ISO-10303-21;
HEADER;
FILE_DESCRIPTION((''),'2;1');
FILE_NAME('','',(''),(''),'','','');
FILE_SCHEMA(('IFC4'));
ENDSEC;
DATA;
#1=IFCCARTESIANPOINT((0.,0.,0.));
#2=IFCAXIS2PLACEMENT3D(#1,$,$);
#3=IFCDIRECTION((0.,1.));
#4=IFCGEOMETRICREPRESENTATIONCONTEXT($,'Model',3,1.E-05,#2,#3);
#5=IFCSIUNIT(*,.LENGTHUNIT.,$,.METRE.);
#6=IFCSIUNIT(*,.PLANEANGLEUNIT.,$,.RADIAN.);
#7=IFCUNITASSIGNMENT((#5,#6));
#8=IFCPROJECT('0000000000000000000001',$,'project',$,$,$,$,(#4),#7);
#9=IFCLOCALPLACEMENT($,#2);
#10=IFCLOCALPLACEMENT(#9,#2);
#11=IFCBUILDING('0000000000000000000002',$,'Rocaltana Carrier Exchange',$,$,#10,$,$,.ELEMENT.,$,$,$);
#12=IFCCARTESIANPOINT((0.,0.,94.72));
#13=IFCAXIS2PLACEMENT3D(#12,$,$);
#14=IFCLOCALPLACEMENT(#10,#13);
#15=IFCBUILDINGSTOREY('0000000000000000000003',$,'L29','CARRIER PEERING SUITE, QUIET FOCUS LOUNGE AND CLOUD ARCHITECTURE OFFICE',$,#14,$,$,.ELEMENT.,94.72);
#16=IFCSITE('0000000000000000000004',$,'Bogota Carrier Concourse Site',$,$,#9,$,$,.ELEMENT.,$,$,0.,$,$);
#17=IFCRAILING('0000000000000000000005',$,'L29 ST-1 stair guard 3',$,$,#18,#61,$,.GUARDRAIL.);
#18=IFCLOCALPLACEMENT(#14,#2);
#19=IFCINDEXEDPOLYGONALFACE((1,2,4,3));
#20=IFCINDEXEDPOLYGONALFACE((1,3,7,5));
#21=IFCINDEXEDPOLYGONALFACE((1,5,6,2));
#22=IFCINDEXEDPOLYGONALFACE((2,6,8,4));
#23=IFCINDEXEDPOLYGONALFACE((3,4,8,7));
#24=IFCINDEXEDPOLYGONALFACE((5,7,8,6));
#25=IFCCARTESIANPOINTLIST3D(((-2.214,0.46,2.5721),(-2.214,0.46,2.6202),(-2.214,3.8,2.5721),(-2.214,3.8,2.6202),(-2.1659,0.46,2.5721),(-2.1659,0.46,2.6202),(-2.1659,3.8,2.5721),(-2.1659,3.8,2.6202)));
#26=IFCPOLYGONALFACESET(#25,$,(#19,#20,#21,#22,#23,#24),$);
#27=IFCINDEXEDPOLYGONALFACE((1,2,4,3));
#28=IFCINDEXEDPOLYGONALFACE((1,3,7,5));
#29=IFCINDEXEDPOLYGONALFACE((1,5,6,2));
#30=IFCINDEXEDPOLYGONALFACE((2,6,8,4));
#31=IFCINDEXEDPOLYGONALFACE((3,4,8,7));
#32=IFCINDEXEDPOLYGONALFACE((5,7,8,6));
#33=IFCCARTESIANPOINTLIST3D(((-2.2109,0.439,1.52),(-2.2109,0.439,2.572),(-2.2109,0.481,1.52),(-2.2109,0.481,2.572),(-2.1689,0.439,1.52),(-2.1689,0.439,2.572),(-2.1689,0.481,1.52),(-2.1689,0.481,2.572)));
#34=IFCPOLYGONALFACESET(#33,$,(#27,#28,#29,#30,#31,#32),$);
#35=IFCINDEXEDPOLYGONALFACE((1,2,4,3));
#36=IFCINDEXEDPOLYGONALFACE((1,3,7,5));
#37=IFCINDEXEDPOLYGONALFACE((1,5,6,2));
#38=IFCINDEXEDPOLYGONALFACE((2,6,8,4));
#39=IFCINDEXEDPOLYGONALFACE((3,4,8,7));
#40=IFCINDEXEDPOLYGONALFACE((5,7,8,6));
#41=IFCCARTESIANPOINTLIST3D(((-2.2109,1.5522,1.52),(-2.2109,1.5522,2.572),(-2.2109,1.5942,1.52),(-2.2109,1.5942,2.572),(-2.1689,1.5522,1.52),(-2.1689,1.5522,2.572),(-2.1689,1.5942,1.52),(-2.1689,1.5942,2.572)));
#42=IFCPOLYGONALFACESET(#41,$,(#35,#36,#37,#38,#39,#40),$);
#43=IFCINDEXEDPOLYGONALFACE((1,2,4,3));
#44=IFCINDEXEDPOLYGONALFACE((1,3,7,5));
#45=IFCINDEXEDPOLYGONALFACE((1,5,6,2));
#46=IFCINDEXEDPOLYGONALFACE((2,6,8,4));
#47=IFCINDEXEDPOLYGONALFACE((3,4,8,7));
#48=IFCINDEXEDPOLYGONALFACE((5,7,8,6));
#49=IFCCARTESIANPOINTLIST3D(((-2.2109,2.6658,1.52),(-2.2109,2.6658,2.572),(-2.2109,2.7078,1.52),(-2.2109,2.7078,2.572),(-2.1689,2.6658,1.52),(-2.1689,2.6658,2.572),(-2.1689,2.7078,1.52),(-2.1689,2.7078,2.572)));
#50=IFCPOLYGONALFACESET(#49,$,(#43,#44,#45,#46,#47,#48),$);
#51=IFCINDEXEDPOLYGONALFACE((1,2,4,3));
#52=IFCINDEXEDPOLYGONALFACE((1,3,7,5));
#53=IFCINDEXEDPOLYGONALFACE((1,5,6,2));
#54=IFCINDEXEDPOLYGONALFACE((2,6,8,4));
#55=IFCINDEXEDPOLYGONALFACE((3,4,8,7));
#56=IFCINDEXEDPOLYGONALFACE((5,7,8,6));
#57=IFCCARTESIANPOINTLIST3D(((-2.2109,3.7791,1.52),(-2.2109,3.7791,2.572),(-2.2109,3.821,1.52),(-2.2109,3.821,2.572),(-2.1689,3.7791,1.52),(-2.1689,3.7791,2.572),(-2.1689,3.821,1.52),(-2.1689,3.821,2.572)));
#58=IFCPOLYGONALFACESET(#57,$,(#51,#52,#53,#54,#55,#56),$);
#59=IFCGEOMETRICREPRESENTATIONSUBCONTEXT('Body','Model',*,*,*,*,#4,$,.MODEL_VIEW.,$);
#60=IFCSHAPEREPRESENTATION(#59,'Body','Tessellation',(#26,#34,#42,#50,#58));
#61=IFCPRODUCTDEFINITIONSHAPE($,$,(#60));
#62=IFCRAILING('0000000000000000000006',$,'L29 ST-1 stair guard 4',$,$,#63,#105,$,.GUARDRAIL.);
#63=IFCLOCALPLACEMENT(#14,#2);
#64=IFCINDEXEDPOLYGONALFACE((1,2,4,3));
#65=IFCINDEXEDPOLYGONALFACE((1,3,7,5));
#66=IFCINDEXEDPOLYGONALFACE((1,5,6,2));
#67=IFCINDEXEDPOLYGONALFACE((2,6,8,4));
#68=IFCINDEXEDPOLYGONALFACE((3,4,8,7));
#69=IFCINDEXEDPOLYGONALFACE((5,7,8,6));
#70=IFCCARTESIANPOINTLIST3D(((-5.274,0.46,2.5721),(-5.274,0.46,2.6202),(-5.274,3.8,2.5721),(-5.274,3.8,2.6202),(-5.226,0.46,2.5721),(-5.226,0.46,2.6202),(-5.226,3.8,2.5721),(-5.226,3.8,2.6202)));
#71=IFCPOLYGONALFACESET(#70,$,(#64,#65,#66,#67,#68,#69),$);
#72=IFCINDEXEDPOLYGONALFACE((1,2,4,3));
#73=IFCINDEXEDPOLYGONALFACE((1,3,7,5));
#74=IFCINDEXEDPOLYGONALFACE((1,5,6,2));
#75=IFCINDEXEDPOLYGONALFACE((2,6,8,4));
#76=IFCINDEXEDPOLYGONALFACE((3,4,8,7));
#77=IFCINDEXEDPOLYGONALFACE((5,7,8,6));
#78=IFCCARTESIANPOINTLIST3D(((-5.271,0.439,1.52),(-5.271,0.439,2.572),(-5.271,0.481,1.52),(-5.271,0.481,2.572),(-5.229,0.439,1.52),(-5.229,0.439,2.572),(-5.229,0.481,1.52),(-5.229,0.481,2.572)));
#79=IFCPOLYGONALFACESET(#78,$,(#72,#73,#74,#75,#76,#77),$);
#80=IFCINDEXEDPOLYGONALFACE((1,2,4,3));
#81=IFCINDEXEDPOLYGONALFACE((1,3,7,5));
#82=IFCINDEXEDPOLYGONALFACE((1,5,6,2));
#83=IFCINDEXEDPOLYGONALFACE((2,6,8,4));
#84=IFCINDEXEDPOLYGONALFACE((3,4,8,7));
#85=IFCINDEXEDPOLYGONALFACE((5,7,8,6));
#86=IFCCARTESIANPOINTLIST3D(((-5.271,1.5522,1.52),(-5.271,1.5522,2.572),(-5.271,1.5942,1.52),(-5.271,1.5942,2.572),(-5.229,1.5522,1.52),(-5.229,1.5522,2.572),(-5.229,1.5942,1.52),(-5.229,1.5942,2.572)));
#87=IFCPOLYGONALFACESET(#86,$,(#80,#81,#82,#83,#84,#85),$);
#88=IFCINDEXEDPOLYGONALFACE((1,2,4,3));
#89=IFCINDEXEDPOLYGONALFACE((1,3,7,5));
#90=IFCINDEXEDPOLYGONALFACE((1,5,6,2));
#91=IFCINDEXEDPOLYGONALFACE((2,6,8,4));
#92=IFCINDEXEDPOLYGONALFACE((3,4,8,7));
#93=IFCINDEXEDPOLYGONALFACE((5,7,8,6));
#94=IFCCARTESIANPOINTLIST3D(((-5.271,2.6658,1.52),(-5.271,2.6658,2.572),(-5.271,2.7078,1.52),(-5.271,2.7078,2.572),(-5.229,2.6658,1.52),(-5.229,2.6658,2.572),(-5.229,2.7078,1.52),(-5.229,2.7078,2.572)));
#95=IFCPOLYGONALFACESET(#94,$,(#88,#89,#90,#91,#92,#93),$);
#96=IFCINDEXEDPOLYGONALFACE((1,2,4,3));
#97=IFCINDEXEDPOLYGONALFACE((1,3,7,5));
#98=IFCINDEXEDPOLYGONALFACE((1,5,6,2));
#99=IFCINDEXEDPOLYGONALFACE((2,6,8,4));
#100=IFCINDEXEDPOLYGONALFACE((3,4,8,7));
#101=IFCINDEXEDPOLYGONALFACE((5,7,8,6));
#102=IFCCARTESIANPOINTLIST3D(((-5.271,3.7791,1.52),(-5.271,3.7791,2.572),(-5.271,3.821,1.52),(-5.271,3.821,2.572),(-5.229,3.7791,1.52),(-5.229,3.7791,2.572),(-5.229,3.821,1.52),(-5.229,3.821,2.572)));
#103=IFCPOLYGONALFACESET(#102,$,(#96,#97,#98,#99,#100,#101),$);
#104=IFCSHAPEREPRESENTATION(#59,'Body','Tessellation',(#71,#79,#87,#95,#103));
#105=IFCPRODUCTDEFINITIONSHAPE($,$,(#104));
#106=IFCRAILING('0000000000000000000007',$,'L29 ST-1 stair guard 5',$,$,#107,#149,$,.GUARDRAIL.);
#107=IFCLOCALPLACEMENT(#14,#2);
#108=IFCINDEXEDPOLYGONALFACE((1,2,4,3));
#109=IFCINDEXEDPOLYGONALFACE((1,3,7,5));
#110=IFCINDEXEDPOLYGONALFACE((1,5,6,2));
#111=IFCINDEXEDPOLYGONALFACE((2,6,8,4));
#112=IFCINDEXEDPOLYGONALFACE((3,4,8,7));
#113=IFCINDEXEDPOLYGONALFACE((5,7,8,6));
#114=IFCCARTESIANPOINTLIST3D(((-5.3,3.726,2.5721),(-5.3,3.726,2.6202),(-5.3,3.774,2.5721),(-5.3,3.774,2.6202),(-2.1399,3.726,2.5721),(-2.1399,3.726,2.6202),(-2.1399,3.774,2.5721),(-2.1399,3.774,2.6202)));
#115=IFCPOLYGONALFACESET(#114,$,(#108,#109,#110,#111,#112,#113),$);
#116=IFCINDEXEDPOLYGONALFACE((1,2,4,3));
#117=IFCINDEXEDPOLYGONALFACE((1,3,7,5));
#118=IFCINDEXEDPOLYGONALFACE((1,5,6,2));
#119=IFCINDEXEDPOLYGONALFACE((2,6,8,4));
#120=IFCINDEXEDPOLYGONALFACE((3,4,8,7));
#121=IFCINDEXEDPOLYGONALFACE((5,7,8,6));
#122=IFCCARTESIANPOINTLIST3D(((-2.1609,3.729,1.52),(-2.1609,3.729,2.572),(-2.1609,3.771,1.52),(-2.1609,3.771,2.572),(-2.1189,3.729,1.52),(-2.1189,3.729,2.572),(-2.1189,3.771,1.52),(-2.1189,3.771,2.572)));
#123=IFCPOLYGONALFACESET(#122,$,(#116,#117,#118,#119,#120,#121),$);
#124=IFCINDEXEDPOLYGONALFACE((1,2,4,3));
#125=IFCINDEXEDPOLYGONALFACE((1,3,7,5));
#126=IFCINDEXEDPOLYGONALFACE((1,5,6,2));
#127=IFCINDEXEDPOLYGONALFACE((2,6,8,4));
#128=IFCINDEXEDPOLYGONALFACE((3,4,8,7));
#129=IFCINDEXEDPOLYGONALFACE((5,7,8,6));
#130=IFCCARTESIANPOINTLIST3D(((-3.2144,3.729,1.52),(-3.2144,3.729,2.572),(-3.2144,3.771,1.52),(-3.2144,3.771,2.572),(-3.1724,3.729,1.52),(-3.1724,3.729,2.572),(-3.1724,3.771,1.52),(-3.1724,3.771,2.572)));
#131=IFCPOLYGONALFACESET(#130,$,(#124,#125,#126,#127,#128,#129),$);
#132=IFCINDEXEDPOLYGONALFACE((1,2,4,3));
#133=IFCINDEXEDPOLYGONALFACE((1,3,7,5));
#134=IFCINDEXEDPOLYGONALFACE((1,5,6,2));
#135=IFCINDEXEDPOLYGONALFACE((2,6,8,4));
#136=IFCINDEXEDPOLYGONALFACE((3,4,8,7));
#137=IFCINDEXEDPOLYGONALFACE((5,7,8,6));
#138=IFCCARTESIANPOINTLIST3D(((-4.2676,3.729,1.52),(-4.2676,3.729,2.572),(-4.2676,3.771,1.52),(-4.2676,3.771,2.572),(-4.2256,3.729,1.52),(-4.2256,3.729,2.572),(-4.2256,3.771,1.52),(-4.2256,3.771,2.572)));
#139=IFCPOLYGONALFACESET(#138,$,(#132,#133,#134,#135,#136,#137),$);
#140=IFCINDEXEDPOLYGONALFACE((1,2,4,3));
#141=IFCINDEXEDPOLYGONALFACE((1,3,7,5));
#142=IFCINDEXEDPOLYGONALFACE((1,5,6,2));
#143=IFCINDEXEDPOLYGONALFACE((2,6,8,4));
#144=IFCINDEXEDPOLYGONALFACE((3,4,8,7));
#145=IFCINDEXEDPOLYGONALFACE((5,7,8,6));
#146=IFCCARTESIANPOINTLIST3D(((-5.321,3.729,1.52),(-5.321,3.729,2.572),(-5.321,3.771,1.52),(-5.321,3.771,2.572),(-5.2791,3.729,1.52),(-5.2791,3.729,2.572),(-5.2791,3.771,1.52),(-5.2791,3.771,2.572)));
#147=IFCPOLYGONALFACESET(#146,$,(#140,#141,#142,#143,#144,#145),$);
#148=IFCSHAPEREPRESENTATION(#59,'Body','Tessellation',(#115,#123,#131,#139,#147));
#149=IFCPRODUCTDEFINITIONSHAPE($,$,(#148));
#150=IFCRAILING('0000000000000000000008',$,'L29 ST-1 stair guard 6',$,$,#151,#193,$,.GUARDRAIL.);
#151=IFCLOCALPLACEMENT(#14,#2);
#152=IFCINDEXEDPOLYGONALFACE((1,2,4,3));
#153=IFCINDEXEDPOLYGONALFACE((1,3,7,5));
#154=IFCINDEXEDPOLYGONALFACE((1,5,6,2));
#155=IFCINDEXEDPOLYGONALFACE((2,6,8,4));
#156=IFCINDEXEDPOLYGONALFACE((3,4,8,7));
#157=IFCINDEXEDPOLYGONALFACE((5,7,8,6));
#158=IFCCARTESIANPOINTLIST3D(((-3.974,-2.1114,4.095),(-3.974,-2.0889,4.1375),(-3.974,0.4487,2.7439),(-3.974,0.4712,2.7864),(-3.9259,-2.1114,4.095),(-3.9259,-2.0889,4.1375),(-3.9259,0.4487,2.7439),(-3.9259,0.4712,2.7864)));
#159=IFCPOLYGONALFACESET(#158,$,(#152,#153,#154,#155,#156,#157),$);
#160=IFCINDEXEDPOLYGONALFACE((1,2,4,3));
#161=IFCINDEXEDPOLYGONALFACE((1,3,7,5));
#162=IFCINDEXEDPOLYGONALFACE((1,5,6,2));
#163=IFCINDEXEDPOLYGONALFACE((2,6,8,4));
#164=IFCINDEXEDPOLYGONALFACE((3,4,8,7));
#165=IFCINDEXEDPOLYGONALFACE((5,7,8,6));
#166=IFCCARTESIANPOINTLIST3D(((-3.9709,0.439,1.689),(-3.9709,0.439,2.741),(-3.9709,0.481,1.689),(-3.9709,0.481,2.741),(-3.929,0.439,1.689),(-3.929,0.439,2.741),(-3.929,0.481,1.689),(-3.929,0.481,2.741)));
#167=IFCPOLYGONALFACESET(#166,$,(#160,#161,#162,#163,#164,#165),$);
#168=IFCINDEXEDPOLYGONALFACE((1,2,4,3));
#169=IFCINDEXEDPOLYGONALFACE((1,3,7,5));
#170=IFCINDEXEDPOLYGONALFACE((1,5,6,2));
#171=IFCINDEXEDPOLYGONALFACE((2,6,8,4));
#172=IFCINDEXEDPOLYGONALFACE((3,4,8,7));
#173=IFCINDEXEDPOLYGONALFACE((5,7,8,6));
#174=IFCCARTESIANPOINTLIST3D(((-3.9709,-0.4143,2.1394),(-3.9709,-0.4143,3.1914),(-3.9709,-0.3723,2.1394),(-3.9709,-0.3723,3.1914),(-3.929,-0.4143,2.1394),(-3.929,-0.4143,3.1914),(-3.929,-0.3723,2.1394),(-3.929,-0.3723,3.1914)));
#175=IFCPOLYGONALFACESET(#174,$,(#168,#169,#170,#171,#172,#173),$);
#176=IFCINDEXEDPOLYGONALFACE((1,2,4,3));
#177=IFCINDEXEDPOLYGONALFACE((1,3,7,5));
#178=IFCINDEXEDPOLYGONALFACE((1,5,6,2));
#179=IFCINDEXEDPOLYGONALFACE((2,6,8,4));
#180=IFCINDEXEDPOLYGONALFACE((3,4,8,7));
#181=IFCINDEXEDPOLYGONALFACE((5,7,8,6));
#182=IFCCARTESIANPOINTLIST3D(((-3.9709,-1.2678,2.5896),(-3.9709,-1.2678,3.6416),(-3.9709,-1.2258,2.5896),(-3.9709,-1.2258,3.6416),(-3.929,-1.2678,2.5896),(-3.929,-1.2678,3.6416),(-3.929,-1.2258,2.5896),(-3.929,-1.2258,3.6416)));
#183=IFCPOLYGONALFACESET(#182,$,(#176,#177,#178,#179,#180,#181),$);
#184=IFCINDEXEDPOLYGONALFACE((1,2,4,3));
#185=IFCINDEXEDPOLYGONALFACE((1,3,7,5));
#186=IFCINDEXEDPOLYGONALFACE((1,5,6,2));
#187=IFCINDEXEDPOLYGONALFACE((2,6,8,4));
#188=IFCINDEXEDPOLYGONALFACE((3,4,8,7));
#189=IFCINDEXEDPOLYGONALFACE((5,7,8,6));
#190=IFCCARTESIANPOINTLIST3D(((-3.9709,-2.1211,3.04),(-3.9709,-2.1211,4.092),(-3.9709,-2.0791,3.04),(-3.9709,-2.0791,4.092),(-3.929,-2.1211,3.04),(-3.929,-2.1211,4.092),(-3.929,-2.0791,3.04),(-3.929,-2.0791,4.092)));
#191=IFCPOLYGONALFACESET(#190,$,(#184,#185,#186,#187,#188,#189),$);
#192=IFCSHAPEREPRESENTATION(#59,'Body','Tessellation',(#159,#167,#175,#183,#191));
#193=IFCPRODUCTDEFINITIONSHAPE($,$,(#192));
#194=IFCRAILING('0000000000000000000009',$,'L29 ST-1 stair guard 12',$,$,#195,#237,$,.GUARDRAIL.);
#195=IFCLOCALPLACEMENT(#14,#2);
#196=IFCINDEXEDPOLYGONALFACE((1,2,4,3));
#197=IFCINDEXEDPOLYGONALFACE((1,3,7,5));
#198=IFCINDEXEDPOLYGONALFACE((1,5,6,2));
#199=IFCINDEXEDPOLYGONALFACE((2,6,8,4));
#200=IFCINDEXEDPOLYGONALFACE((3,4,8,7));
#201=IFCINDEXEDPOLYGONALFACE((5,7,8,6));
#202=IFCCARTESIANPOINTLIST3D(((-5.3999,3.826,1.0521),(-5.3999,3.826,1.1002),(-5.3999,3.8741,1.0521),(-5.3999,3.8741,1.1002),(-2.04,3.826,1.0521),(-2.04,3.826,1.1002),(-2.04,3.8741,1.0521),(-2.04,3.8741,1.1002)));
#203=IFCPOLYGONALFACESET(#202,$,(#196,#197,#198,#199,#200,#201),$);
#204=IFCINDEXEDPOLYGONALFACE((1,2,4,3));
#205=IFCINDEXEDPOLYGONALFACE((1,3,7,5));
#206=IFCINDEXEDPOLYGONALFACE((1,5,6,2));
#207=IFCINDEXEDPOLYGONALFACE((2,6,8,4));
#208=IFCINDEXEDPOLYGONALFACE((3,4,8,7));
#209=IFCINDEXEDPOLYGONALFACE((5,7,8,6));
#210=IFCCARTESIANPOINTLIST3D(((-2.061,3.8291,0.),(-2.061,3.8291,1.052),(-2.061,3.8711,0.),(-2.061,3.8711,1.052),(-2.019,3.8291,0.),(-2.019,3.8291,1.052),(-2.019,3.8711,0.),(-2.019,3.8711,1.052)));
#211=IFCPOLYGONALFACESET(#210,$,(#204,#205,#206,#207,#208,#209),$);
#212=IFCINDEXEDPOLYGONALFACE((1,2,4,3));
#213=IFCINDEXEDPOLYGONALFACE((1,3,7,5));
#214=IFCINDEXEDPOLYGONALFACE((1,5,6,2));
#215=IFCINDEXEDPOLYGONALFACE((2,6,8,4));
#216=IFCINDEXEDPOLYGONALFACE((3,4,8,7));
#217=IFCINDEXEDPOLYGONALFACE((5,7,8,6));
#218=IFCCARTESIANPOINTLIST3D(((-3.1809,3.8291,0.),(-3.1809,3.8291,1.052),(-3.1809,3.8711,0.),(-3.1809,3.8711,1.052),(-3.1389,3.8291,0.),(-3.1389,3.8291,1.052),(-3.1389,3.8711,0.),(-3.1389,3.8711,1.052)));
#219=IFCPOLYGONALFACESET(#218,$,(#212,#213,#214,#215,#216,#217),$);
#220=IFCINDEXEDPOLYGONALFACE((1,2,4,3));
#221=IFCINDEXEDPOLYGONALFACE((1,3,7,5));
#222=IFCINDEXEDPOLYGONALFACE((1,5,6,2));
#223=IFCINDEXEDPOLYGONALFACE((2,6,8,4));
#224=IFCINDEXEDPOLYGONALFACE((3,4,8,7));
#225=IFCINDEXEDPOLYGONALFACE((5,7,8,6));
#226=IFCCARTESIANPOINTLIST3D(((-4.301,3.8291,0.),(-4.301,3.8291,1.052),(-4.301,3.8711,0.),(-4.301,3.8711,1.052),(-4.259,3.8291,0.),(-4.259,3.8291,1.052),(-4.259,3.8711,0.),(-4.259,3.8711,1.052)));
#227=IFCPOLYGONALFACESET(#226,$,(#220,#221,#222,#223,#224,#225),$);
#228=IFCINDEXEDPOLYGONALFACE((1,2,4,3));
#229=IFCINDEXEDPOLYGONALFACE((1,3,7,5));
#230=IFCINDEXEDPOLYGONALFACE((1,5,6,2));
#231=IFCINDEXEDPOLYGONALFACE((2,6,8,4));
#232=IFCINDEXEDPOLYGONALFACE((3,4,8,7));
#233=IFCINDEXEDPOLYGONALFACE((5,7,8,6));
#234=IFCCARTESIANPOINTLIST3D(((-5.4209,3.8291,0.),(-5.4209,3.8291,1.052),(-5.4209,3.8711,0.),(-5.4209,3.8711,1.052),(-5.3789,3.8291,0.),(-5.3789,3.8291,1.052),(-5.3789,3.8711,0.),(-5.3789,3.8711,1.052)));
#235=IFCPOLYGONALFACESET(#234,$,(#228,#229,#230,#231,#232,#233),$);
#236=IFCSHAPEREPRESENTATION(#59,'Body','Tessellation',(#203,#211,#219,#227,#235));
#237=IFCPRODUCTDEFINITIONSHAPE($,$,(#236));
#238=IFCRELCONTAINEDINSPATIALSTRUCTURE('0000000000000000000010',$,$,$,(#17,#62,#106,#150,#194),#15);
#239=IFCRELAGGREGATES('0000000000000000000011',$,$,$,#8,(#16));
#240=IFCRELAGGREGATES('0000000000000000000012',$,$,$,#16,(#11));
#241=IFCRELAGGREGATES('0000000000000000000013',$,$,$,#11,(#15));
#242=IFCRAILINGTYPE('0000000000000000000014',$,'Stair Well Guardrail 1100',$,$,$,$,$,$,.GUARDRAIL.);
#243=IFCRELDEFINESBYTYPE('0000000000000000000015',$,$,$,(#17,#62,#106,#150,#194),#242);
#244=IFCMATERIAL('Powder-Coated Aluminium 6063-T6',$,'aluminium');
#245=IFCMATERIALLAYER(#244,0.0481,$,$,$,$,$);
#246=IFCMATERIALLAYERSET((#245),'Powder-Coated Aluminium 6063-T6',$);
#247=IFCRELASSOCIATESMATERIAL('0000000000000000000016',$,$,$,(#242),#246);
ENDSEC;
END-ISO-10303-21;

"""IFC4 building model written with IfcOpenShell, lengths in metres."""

from ifc_helpers import new_model, si_unit, direction, frame, origin, origin_2d, place, context, subcontext, project, spatial, rectangle, extrude, material, layer, layer_set, type_object, element, save


model = new_model("IFC4")

# Units and contexts
model_context = context("Model", 3, precision=1e-05, world=origin(), true_north=direction((0.0, 1.0)))
body_context = subcontext(model_context, "Body", "Model", "MODEL_VIEW")
ifc_project = project(units=[si_unit("LENGTHUNIT", "METRE"), si_unit("PLANEANGLEUNIT", "RADIAN")], contexts=[model_context])

# Site, building, storey
site_placement = place(None, origin())
site = spatial("IfcSite", under=ifc_project, at=site_placement, Name="Bogota Carrier Concourse Site", CompositionType="ELEMENT", RefElevation=0.0)
building_placement = place(site_placement, origin())
building = spatial("IfcBuilding", under=site, at=building_placement, Name="Rocaltana Carrier Exchange", CompositionType="ELEMENT")
storey_placement = place(building_placement, frame((0.0, 0.0, 94.72)))
storey = spatial("IfcBuildingStorey", under=building, at=storey_placement, Name="L29", Description="CARRIER PEERING SUITE, QUIET FOCUS LOUNGE AND CLOUD ARCHITECTURE OFFICE", CompositionType="ELEMENT", Elevation=94.72)

# Railings
ifc_material_1 = material(Name="Powder-Coated Aluminium 6063-T6", Category="aluminium")
ifc_layer_1 = layer(ifc_material_1, 0.0481)
ifc_layer_set_1 = layer_set([ifc_layer_1], Name="Powder-Coated Aluminium 6063-T6")
railing_type_1 = type_object("IfcRailingType", Name="Stair Well Guardrail 1100", PredefinedType="GUARDRAIL", material=ifc_layer_set_1)
for number, where, name in (
    (1, (-2.1899, 0.46, 1.52), "L29 ST-1 stair guard 3"),
    (2, (-5.25, 0.46, 1.52), "L29 ST-1 stair guard 4"),
):
    element("IfcRailing", number, at=place(storey_placement, frame(where)), inside=storey, type_object=railing_type_1, Name=name, PredefinedType="GUARDRAIL", context=body_context, shape_type="SweptSolid", body=[
        extrude(rectangle(XDim=0.0481, YDim=0.0481, at=origin_2d()), frame((0.0, 0.0, 1.0762), z_axis=(0.0, 1.0, 0.0), x_axis=(-1.0, 0.0, 0.0)), (0.0, 0.0, 1.0), 3.3401),
        extrude(rectangle(XDim=0.042, YDim=0.042, at=origin_2d()), origin(), (0.0, 0.0, 1.0), 1.052),
        extrude(rectangle(XDim=0.042, YDim=0.042, at=origin_2d()), frame((0.0, 1.1133, 0.0)), (0.0, 0.0, 1.0), 1.052),
        extrude(rectangle(XDim=0.042, YDim=0.042, at=origin_2d()), frame((0.0, 2.2268, 0.0)), (0.0, 0.0, 1.0), 1.052),
        extrude(rectangle(XDim=0.042, YDim=0.042, at=origin_2d()), frame((0.0, 3.3401, 0.0)), (0.0, 0.0, 1.0), 1.052),
    ])
railing_1_placement = place(storey_placement, frame((-2.1399, 3.75, 1.52)))
element("IfcRailing", 3, at=railing_1_placement, inside=storey, type_object=railing_type_1, Name="L29 ST-1 stair guard 5", PredefinedType="GUARDRAIL", context=body_context, shape_type="SweptSolid", body=[
    extrude(rectangle(XDim=0.0481, YDim=0.0481, at=origin_2d()), frame((0.0, 0.0, 1.0762), z_axis=(-1.0, 0.0, 0.0), x_axis=(0.0, -1.0, 0.0)), (0.0, 0.0, 1.0), 3.1602),
    extrude(rectangle(XDim=0.042, YDim=0.042, at=origin_2d()), origin(), (0.0, 0.0, 1.0), 1.052),
    extrude(rectangle(XDim=0.042, YDim=0.042, at=origin_2d()), frame((-1.0535, 0.0, 0.0)), (0.0, 0.0, 1.0), 1.052),
    extrude(rectangle(XDim=0.042, YDim=0.042, at=origin_2d()), frame((-2.1067, 0.0, 0.0)), (0.0, 0.0, 1.0), 1.052),
    extrude(rectangle(XDim=0.042, YDim=0.042, at=origin_2d()), frame((-3.1602, 0.0, 0.0)), (0.0, 0.0, 1.0), 1.052),
])
railing_2_placement = place(storey_placement, frame((-3.95, 0.46, 1.689)))
element("IfcRailing", 4, at=railing_2_placement, inside=storey, type_object=railing_type_1, Name="L29 ST-1 stair guard 6", PredefinedType="GUARDRAIL", context=body_context, shape_type="SweptSolid", body=[
    extrude(rectangle(XDim=0.0481, YDim=0.0481, at=origin_2d()), frame((0.0, 0.0, 1.0762), z_axis=(0.0, -0.884394, 0.46674), x_axis=(1.0, 0.0, 0.0)), (0.0, 0.0, 1.0), 2.8948),
    extrude(rectangle(XDim=0.042, YDim=0.042, at=origin_2d()), origin(), (0.0, 0.0, 1.0), 1.052),
    extrude(rectangle(XDim=0.042, YDim=0.042, at=origin_2d()), frame((0.0, -0.8533, 0.4504)), (0.0, 0.0, 1.0), 1.052),
    extrude(rectangle(XDim=0.042, YDim=0.042, at=origin_2d()), frame((0.0, -1.7068, 0.9006)), (0.0, 0.0, 1.0), 1.052),
    extrude(rectangle(XDim=0.042, YDim=0.042, at=origin_2d()), frame((0.0, -2.5601, 1.3511)), (0.0, 0.0, 1.0), 1.052),
])
railing_3_placement = place(storey_placement, frame((-2.04, 3.8501, 0.0)))
element("IfcRailing", 5, at=railing_3_placement, inside=storey, type_object=railing_type_1, Name="L29 ST-1 stair guard 12", PredefinedType="GUARDRAIL", context=body_context, shape_type="SweptSolid", body=[
    extrude(rectangle(XDim=0.0481, YDim=0.0481, at=origin_2d()), frame((0.0, 0.0, 1.0762), z_axis=(-1.0, 0.0, 0.0), x_axis=(0.0, -1.0, 0.0)), (0.0, 0.0, 1.0), 3.3599),
    extrude(rectangle(XDim=0.042, YDim=0.042, at=origin_2d()), origin(), (0.0, 0.0, 1.0), 1.052),
    extrude(rectangle(XDim=0.042, YDim=0.042, at=origin_2d()), frame((-1.1199, 0.0, 0.0)), (0.0, 0.0, 1.0), 1.052),
    extrude(rectangle(XDim=0.042, YDim=0.042, at=origin_2d()), frame((-2.24, 0.0, 0.0)), (0.0, 0.0, 1.0), 1.052),
    extrude(rectangle(XDim=0.042, YDim=0.042, at=origin_2d()), frame((-3.3599, 0.0, 0.0)), (0.0, 0.0, 1.0), 1.052),
])

save(model, "model.ifc")
